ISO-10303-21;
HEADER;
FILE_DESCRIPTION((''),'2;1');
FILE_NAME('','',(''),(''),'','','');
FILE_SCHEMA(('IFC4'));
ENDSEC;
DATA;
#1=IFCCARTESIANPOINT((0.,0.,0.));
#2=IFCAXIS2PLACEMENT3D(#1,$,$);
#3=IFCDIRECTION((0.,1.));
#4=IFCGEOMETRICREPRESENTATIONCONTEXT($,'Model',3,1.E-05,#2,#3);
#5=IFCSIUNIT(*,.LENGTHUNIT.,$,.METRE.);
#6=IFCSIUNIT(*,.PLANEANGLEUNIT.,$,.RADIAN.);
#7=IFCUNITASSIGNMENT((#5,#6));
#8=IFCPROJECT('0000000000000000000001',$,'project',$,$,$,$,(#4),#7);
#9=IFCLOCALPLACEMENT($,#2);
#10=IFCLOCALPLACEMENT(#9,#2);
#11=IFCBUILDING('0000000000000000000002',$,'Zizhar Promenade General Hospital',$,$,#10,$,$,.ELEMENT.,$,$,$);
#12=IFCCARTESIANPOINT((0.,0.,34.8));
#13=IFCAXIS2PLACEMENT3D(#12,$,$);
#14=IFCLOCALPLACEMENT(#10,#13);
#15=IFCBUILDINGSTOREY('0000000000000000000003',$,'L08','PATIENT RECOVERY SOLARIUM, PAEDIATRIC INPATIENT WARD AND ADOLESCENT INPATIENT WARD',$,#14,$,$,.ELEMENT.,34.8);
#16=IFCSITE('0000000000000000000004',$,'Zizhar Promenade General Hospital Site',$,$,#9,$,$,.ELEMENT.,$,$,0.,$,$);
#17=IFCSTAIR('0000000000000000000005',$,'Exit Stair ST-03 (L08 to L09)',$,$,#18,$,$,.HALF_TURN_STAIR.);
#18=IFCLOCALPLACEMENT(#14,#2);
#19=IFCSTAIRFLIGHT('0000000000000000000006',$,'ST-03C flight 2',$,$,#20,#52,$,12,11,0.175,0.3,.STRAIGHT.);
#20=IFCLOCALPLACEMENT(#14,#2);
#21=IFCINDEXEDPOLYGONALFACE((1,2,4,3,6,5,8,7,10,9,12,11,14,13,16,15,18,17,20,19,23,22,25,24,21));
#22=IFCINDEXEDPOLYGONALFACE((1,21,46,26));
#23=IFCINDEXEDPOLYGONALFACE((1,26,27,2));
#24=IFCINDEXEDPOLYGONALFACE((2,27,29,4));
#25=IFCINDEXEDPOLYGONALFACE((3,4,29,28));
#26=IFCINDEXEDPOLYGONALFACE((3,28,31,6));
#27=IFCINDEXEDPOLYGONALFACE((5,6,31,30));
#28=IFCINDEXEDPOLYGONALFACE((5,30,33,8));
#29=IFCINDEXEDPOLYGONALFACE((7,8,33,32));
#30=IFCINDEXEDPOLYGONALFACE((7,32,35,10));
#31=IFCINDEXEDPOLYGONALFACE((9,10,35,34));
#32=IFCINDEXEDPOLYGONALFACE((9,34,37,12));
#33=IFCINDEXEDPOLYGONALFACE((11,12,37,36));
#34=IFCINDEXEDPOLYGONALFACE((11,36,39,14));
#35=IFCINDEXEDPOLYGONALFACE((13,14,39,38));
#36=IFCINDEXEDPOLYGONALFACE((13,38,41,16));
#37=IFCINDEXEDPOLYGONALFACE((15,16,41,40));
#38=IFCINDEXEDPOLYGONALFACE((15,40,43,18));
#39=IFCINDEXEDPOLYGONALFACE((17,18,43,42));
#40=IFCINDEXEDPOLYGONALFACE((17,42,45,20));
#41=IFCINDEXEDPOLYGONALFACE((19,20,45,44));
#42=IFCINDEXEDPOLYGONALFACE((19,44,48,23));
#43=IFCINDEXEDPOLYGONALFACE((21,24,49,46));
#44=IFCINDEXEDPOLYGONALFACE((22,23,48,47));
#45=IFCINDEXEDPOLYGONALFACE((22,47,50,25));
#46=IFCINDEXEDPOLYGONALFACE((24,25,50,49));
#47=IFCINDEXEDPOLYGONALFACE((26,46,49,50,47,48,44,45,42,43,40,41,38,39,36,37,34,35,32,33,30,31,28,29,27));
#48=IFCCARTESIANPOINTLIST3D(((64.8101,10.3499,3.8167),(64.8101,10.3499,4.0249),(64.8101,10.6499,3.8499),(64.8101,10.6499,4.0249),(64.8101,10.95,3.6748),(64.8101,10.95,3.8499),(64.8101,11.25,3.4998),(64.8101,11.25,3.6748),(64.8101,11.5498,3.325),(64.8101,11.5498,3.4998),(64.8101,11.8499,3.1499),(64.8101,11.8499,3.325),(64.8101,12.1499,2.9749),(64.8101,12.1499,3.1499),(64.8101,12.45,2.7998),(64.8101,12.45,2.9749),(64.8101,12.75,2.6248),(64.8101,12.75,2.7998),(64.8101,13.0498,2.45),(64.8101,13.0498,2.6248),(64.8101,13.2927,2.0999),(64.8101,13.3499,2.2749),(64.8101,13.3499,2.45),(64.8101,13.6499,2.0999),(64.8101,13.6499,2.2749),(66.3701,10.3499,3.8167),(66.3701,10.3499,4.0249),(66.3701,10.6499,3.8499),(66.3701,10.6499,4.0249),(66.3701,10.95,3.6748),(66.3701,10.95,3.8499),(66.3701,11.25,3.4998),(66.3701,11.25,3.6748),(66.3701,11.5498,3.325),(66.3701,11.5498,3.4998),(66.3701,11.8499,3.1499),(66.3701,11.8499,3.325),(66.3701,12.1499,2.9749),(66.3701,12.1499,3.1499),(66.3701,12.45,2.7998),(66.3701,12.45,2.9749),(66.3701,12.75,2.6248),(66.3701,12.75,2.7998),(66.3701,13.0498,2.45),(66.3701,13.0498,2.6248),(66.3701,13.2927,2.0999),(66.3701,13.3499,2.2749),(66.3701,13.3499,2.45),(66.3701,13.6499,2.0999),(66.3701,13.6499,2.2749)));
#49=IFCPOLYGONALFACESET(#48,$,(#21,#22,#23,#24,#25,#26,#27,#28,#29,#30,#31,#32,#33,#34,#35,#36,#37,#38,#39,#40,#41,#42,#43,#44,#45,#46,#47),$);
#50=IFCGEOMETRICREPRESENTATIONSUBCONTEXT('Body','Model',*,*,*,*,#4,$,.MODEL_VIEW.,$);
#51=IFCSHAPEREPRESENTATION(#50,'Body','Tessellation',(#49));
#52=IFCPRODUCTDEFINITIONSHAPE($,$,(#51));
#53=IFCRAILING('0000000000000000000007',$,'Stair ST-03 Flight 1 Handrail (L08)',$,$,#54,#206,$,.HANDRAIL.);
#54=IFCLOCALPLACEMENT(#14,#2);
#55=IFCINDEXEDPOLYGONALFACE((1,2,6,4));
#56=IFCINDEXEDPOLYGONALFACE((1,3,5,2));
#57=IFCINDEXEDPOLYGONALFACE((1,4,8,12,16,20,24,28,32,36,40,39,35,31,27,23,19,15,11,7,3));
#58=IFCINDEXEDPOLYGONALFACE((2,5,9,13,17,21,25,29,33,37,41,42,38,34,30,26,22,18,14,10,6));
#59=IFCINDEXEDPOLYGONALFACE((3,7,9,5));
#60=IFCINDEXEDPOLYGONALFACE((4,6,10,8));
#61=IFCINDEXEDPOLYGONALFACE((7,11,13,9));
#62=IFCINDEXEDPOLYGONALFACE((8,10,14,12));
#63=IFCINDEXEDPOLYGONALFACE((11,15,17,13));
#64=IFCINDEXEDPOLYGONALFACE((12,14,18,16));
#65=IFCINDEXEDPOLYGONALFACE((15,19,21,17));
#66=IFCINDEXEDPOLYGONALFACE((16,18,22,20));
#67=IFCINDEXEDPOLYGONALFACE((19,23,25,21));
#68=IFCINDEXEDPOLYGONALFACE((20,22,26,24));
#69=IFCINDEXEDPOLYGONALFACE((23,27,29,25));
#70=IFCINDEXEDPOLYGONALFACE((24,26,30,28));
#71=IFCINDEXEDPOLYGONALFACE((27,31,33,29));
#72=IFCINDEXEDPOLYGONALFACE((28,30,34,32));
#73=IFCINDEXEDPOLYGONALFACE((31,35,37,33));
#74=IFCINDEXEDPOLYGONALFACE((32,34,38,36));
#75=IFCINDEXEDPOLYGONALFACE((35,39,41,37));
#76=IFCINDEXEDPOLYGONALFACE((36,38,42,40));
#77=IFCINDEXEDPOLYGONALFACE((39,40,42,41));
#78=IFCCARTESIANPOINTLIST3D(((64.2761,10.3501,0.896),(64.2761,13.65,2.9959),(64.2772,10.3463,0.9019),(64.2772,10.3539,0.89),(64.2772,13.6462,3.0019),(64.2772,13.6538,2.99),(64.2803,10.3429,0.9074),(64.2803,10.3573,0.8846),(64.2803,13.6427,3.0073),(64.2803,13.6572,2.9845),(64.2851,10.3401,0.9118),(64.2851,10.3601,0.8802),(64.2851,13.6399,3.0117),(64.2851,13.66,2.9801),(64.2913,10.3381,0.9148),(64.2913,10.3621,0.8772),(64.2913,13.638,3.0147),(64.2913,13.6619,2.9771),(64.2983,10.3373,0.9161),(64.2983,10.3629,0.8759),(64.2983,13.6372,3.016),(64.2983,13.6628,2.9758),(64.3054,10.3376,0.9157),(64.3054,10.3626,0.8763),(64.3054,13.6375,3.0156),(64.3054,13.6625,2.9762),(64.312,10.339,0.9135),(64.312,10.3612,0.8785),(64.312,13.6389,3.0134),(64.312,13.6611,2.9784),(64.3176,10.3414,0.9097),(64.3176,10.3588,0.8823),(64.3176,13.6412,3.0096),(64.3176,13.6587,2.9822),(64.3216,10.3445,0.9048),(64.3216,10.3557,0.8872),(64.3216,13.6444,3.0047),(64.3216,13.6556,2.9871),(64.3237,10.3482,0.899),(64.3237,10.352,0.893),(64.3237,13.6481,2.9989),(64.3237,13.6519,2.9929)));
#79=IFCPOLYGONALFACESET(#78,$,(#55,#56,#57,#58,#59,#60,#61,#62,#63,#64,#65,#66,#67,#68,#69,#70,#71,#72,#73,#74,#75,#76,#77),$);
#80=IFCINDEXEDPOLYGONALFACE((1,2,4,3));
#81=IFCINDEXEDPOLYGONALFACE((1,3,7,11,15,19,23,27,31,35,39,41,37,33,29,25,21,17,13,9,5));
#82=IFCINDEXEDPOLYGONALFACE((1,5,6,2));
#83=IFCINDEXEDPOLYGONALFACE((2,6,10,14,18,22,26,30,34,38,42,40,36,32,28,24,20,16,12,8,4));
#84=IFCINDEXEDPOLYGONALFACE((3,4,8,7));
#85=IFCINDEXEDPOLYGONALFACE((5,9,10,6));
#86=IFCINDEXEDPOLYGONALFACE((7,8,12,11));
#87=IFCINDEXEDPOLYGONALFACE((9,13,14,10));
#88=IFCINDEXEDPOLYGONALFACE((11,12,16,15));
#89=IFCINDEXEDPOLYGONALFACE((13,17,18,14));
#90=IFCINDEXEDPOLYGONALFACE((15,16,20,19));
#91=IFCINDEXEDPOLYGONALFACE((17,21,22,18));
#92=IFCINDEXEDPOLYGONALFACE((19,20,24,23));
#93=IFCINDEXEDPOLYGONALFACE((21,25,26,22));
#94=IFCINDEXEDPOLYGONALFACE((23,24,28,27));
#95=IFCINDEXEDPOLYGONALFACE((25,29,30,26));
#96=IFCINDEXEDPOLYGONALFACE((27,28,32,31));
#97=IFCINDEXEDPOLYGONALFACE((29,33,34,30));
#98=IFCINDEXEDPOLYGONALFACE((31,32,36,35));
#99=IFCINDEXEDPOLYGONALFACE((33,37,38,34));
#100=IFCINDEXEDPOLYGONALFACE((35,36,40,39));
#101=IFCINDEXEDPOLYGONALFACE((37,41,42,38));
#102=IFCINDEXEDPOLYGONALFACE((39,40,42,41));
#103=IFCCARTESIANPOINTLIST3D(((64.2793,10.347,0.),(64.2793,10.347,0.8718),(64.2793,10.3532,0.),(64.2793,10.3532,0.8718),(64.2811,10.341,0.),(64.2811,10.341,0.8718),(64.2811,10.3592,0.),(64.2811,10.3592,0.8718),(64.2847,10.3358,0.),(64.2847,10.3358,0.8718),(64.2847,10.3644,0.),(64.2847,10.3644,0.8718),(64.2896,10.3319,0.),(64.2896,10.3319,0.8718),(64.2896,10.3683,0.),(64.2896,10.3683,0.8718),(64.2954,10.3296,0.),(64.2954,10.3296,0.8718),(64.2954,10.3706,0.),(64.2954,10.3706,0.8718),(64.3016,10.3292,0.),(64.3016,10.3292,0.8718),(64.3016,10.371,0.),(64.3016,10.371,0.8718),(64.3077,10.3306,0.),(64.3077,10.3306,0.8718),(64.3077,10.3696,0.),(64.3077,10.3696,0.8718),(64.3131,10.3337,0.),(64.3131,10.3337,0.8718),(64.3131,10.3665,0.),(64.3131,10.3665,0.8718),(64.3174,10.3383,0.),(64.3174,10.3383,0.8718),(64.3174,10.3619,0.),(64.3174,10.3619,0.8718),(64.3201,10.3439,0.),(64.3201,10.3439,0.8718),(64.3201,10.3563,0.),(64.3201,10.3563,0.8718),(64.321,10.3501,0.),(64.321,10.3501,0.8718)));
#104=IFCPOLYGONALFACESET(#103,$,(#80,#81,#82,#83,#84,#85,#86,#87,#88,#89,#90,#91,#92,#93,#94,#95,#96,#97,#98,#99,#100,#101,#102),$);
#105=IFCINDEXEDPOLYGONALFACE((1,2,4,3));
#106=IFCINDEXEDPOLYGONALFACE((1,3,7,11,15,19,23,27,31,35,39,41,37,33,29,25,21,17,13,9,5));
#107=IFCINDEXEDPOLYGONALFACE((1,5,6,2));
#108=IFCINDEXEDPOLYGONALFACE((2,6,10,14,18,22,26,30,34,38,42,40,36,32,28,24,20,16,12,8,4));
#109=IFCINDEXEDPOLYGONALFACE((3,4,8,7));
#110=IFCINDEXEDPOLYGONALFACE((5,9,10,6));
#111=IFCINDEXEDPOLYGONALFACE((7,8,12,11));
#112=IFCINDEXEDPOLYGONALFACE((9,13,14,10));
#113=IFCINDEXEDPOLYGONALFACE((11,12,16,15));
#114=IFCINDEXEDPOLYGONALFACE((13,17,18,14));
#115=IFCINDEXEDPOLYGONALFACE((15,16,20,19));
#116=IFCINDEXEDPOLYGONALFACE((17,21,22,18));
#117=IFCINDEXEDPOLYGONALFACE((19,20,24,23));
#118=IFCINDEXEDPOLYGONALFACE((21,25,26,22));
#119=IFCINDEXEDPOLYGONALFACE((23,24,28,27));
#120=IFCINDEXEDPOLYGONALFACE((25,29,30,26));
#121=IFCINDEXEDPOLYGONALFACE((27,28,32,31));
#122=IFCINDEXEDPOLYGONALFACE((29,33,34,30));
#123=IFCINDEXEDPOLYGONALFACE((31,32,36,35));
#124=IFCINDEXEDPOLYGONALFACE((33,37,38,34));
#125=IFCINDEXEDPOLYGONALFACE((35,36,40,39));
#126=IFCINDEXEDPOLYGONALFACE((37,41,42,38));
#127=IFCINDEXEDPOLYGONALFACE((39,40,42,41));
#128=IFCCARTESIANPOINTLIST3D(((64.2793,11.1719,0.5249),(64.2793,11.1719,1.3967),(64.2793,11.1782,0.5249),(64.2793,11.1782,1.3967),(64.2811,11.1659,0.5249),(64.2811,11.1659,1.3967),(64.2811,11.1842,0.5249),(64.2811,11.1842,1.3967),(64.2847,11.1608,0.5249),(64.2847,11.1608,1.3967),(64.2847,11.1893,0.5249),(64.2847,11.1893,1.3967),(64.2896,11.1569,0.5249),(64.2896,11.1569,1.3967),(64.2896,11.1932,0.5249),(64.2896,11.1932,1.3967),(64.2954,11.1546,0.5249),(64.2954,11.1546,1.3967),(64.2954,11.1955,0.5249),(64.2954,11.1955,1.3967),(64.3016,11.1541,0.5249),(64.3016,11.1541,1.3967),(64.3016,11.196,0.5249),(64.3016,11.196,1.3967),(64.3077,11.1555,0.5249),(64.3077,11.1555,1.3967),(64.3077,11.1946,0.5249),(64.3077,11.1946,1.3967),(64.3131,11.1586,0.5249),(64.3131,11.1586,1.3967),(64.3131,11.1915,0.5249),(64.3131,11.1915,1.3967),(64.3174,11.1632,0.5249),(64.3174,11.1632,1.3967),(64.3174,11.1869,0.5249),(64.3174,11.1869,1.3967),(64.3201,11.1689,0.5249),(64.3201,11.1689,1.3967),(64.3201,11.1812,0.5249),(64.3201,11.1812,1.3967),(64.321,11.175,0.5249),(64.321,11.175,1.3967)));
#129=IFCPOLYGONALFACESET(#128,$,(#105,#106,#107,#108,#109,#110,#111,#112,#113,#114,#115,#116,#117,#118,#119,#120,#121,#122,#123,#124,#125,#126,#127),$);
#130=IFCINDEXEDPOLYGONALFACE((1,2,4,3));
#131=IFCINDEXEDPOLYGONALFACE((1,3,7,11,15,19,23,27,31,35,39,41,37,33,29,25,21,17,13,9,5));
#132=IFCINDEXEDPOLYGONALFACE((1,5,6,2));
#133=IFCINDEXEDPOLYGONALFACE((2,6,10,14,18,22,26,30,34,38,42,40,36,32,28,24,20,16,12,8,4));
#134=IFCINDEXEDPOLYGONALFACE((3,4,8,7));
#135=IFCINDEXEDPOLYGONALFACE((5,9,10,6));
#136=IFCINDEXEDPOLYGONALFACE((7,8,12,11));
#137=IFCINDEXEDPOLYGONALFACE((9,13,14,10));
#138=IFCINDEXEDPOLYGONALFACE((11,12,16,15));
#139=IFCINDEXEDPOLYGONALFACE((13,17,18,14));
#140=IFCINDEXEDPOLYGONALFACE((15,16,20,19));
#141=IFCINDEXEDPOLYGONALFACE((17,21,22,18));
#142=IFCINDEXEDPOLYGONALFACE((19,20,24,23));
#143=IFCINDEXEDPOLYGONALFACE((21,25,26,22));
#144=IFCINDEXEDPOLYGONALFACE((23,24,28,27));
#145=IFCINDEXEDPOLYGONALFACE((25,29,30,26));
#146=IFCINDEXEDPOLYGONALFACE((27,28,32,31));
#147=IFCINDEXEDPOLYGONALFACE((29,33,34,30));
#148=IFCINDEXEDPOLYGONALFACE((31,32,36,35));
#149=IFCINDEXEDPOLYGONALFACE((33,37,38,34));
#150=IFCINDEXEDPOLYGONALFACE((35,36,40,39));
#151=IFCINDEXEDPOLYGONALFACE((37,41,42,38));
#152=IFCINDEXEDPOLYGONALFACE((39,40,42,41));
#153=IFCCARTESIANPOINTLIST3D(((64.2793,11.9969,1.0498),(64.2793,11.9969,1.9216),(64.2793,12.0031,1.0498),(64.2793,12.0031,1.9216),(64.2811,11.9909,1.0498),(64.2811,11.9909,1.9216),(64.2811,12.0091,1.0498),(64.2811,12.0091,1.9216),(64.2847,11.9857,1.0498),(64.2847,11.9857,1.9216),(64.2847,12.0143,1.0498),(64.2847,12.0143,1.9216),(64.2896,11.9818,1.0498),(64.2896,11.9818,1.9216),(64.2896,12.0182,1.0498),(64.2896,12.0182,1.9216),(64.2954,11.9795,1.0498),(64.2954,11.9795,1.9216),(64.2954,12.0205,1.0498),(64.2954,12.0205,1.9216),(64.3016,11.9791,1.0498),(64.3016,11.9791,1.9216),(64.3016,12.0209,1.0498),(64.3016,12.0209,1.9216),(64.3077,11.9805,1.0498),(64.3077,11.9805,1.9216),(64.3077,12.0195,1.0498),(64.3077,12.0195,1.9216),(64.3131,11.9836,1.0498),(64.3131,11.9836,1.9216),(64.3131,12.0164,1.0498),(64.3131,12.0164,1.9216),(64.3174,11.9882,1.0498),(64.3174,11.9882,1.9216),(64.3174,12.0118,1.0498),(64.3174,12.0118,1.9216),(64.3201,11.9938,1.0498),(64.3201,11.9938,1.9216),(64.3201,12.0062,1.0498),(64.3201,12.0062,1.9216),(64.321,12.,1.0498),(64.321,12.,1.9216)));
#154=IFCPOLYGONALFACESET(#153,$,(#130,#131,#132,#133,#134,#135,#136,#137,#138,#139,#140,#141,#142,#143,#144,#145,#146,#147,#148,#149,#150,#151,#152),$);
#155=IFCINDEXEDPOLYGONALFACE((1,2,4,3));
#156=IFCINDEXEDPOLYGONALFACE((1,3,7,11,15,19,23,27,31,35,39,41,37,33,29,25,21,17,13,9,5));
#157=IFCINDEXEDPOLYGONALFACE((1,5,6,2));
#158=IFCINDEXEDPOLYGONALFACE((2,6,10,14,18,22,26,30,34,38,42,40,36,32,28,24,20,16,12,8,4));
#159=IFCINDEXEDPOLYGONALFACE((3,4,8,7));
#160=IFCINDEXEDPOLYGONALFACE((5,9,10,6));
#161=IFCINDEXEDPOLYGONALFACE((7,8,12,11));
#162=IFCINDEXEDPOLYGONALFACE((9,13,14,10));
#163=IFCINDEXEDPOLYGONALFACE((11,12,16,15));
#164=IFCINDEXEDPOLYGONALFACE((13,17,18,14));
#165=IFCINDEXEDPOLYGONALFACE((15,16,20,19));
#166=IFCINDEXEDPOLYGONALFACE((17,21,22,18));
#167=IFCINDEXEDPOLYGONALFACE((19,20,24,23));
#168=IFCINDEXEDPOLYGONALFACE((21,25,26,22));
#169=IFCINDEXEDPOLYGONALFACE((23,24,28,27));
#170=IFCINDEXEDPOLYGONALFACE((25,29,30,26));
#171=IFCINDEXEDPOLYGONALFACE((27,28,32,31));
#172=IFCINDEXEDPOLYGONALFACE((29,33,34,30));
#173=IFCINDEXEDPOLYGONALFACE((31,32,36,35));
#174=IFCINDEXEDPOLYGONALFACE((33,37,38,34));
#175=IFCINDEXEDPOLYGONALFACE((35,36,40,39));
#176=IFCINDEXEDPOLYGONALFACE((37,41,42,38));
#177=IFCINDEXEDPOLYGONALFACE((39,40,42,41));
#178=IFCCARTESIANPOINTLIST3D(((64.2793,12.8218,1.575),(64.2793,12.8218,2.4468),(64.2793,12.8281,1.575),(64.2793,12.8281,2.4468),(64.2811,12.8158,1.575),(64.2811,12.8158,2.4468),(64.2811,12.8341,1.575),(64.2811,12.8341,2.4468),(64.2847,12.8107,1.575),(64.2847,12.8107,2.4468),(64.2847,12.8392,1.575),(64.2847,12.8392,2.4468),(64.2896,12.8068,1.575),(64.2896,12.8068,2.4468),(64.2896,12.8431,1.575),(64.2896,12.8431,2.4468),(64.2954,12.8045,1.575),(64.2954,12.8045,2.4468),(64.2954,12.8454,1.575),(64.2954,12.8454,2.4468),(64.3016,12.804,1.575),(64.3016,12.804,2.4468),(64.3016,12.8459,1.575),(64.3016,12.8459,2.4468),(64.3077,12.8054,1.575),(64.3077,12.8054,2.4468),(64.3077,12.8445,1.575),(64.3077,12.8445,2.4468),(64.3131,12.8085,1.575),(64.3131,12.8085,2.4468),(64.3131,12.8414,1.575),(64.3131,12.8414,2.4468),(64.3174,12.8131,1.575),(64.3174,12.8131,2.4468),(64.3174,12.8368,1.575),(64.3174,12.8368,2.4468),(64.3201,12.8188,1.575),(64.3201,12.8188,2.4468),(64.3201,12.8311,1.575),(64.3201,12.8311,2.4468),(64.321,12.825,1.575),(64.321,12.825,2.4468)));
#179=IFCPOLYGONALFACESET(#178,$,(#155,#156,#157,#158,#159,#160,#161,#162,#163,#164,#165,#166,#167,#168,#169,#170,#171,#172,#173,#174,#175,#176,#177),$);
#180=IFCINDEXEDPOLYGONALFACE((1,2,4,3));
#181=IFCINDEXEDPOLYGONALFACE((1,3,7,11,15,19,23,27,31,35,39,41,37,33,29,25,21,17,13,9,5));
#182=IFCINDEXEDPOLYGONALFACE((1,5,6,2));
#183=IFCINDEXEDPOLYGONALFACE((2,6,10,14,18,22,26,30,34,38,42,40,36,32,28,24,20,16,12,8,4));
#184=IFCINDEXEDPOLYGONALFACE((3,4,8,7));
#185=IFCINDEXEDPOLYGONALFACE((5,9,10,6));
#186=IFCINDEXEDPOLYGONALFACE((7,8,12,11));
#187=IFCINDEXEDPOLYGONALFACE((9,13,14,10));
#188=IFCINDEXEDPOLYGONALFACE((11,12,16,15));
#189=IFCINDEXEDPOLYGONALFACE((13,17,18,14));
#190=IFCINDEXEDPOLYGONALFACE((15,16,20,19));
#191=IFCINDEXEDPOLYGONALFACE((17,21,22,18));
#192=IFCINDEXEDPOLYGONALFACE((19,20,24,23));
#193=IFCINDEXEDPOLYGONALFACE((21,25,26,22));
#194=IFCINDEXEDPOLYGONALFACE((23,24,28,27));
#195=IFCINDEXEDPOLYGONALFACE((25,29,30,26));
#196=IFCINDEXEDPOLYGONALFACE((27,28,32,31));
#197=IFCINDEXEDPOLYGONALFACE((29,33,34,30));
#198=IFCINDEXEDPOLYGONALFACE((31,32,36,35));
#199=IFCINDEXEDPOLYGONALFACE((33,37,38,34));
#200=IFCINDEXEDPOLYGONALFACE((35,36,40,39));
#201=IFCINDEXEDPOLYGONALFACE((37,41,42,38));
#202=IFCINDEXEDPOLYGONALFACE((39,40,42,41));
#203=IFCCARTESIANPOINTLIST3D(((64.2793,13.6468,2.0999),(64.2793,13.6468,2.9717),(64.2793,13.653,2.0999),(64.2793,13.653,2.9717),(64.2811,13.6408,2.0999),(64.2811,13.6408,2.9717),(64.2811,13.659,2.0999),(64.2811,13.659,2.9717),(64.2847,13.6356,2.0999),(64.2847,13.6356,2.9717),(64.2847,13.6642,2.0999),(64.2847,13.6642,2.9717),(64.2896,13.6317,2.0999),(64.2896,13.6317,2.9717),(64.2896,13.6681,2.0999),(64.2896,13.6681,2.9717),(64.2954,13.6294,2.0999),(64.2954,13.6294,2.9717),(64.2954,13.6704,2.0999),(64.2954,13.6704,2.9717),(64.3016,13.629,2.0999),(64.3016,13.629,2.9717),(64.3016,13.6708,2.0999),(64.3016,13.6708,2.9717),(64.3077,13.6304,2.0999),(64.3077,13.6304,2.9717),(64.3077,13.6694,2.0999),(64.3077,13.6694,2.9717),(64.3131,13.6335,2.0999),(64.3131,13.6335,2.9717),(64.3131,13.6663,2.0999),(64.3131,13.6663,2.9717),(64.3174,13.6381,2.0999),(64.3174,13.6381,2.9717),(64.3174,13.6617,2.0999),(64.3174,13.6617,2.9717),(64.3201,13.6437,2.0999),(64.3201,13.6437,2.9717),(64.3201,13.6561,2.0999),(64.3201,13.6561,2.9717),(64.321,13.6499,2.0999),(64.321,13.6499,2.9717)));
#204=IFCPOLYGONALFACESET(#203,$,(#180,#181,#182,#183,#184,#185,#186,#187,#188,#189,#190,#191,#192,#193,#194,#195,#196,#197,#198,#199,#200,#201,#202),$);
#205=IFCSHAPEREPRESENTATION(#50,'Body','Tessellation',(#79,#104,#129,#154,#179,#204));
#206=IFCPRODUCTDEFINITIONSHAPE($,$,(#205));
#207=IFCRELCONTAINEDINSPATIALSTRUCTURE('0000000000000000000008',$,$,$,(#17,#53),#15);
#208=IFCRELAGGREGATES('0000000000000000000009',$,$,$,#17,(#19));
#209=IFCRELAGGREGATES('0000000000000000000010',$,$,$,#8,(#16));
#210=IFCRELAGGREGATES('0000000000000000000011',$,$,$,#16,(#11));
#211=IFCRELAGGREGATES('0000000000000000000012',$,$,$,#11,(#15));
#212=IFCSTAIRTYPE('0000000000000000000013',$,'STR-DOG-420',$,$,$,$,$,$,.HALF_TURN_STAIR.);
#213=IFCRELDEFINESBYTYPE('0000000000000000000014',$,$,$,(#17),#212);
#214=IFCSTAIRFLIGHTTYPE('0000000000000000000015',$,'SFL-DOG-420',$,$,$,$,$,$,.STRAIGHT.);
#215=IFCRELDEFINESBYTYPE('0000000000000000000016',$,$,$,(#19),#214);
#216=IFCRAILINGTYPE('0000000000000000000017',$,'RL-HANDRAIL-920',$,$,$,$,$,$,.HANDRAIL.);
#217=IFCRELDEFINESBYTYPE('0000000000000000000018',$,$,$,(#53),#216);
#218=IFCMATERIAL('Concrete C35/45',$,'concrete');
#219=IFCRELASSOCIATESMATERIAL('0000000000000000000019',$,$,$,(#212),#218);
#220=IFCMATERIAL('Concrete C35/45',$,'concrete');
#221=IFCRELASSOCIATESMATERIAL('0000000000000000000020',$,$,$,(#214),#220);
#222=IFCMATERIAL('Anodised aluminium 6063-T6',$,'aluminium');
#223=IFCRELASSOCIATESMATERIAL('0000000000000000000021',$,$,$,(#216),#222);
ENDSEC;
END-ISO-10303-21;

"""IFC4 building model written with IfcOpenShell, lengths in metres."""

from ifc_helpers import new_model, si_unit, direction, frame, origin, origin_2d, place, context, subcontext, project, spatial, polyline, circle, hollow_circle, outline, extrude, material, material_profile, profile_set, type_object, element, aggregate, save


model = new_model("IFC4")

# Units and contexts
model_context = context("Model", 3, precision=1e-05, world=origin(), true_north=direction((0.0, 1.0)))
body_context = subcontext(model_context, "Body", "Model", "MODEL_VIEW")
ifc_project = project(units=[si_unit("LENGTHUNIT", "METRE"), si_unit("PLANEANGLEUNIT", "RADIAN")], contexts=[model_context])

# Site, building, storey
site_placement = place(None, origin())
site = spatial("IfcSite", under=ifc_project, at=site_placement, Name="Zizhar Promenade General Hospital Site", CompositionType="ELEMENT", RefElevation=0.0)
building_placement = place(site_placement, origin())
building = spatial("IfcBuilding", under=site, at=building_placement, Name="Zizhar Promenade General Hospital", CompositionType="ELEMENT")
storey_placement = place(building_placement, frame((0.0, 0.0, 34.8)))
storey = spatial("IfcBuildingStorey", under=building, at=storey_placement, Name="L08", Description="PATIENT RECOVERY SOLARIUM, PAEDIATRIC INPATIENT WARD AND ADOLESCENT INPATIENT WARD", CompositionType="ELEMENT", Elevation=34.8)

# Stair, stair flight
ifc_material_1 = material(Name="Concrete C35/45", Category="concrete")
stair_type = type_object("IfcStairType", Name="STR-DOG-420", PredefinedType="HALF_TURN_STAIR", material=ifc_material_1)
stair_placement = place(storey_placement, origin())
stair = element("IfcStair", 1, at=stair_placement, inside=storey, type_object=stair_type, Name="Exit Stair ST-03 (L08 to L09)", PredefinedType="HALF_TURN_STAIR")
ifc_material_2 = material(Name="Concrete C35/45", Category="concrete")
stair_flight_type = type_object("IfcStairFlightType", Name="SFL-DOG-420", PredefinedType="STRAIGHT", material=ifc_material_2)
stair_flight_1_placement = place(storey_placement, frame((65.5901, 13.6499, 2.0999), z_axis=(0.0, 0.0, 1.0), x_axis=(0.0, -1.0, 0.0)))
stair_flight_1 = element("IfcStairFlight", 2, at=stair_flight_1_placement, type_object=stair_flight_type, Name="ST-03C flight 2", NumberOfRisers=12, NumberOfTreads=11, PredefinedType="STRAIGHT", RiserHeight=0.175, TreadLength=0.3, context=body_context, shape_type="SweptSolid", body=[
    extrude(outline(polyline([(0.0, 0.0), (0.0, 0.175), (0.3, 0.175), (0.3, 0.3501), (0.6001, 0.3501), (0.6001, 0.5249), (0.8999, 0.5249), (0.8999, 0.7), (1.2, 0.7), (1.2, 0.875), (1.5, 0.875), (1.5, 1.05), (1.8, 1.05), (1.8, 1.2251), (2.1001, 1.2251), (2.1001, 1.3999), (2.3999, 1.3999), (2.3999, 1.575), (2.7, 1.575), (2.7, 1.75), (3.0, 1.75), (3.0, 1.925), (3.3, 1.925), (3.3, 2.1001), (3.3, 1.7168), (0.3572, 0.0), (0.0, 0.0)])), frame((0.0, 0.78, 0.0), z_axis=(0.0, -1.0, 0.0), x_axis=(1.0, 0.0, 0.0)), (0.0, 0.0, 1.0), 1.5601),
])
aggregate(stair, [stair_flight_1])

# Railing
ifc_material_3 = material(Name="Anodised aluminium 6063-T6", Category="aluminium")
ifc_material_profile_1 = material_profile(ifc_material_3, hollow_circle(Radius=0.0698, WallThickness=0.0063, at=origin_2d()))
ifc_profile_set_1 = profile_set([ifc_material_profile_1], Name="Anodised aluminium 6063-T6")
railing_type_1 = type_object("IfcRailingType", Name="RL-HANDRAIL-920", PredefinedType="HANDRAIL", material=ifc_profile_set_1)
railing_1_placement = place(storey_placement, frame((64.3, 10.3501, 0.0)))
element("IfcRailing", 3, at=railing_1_placement, inside=storey, type_object=railing_type_1, Name="Stair ST-03 Flight 1 Handrail (L08)", PredefinedType="HANDRAIL", context=body_context, shape_type="SweptSolid", body=[
    extrude(circle(Radius=0.0239, at=origin_2d()), frame((0.0, 0.0, 0.896), z_axis=(0.0, 0.843664, 0.536871), x_axis=(-1.0, 0.0, 0.0)), (0.0, 0.0, 1.0), 3.9114),
    extrude(circle(Radius=0.021, at=origin_2d()), origin(), (0.0, 0.0, 1.0), 0.8718),
    extrude(circle(Radius=0.021, at=origin_2d()), frame((0.0, 0.825, 0.5249)), (0.0, 0.0, 1.0), 0.8718),
    extrude(circle(Radius=0.021, at=origin_2d()), frame((0.0, 1.6499, 1.0498)), (0.0, 0.0, 1.0), 0.8718),
    extrude(circle(Radius=0.021, at=origin_2d()), frame((0.0, 2.4749, 1.575)), (0.0, 0.0, 1.0), 0.8718),
    extrude(circle(Radius=0.021, at=origin_2d()), frame((0.0, 3.2998, 2.0999)), (0.0, 0.0, 1.0), 0.8718),
])

save(model, "model.ifc")
